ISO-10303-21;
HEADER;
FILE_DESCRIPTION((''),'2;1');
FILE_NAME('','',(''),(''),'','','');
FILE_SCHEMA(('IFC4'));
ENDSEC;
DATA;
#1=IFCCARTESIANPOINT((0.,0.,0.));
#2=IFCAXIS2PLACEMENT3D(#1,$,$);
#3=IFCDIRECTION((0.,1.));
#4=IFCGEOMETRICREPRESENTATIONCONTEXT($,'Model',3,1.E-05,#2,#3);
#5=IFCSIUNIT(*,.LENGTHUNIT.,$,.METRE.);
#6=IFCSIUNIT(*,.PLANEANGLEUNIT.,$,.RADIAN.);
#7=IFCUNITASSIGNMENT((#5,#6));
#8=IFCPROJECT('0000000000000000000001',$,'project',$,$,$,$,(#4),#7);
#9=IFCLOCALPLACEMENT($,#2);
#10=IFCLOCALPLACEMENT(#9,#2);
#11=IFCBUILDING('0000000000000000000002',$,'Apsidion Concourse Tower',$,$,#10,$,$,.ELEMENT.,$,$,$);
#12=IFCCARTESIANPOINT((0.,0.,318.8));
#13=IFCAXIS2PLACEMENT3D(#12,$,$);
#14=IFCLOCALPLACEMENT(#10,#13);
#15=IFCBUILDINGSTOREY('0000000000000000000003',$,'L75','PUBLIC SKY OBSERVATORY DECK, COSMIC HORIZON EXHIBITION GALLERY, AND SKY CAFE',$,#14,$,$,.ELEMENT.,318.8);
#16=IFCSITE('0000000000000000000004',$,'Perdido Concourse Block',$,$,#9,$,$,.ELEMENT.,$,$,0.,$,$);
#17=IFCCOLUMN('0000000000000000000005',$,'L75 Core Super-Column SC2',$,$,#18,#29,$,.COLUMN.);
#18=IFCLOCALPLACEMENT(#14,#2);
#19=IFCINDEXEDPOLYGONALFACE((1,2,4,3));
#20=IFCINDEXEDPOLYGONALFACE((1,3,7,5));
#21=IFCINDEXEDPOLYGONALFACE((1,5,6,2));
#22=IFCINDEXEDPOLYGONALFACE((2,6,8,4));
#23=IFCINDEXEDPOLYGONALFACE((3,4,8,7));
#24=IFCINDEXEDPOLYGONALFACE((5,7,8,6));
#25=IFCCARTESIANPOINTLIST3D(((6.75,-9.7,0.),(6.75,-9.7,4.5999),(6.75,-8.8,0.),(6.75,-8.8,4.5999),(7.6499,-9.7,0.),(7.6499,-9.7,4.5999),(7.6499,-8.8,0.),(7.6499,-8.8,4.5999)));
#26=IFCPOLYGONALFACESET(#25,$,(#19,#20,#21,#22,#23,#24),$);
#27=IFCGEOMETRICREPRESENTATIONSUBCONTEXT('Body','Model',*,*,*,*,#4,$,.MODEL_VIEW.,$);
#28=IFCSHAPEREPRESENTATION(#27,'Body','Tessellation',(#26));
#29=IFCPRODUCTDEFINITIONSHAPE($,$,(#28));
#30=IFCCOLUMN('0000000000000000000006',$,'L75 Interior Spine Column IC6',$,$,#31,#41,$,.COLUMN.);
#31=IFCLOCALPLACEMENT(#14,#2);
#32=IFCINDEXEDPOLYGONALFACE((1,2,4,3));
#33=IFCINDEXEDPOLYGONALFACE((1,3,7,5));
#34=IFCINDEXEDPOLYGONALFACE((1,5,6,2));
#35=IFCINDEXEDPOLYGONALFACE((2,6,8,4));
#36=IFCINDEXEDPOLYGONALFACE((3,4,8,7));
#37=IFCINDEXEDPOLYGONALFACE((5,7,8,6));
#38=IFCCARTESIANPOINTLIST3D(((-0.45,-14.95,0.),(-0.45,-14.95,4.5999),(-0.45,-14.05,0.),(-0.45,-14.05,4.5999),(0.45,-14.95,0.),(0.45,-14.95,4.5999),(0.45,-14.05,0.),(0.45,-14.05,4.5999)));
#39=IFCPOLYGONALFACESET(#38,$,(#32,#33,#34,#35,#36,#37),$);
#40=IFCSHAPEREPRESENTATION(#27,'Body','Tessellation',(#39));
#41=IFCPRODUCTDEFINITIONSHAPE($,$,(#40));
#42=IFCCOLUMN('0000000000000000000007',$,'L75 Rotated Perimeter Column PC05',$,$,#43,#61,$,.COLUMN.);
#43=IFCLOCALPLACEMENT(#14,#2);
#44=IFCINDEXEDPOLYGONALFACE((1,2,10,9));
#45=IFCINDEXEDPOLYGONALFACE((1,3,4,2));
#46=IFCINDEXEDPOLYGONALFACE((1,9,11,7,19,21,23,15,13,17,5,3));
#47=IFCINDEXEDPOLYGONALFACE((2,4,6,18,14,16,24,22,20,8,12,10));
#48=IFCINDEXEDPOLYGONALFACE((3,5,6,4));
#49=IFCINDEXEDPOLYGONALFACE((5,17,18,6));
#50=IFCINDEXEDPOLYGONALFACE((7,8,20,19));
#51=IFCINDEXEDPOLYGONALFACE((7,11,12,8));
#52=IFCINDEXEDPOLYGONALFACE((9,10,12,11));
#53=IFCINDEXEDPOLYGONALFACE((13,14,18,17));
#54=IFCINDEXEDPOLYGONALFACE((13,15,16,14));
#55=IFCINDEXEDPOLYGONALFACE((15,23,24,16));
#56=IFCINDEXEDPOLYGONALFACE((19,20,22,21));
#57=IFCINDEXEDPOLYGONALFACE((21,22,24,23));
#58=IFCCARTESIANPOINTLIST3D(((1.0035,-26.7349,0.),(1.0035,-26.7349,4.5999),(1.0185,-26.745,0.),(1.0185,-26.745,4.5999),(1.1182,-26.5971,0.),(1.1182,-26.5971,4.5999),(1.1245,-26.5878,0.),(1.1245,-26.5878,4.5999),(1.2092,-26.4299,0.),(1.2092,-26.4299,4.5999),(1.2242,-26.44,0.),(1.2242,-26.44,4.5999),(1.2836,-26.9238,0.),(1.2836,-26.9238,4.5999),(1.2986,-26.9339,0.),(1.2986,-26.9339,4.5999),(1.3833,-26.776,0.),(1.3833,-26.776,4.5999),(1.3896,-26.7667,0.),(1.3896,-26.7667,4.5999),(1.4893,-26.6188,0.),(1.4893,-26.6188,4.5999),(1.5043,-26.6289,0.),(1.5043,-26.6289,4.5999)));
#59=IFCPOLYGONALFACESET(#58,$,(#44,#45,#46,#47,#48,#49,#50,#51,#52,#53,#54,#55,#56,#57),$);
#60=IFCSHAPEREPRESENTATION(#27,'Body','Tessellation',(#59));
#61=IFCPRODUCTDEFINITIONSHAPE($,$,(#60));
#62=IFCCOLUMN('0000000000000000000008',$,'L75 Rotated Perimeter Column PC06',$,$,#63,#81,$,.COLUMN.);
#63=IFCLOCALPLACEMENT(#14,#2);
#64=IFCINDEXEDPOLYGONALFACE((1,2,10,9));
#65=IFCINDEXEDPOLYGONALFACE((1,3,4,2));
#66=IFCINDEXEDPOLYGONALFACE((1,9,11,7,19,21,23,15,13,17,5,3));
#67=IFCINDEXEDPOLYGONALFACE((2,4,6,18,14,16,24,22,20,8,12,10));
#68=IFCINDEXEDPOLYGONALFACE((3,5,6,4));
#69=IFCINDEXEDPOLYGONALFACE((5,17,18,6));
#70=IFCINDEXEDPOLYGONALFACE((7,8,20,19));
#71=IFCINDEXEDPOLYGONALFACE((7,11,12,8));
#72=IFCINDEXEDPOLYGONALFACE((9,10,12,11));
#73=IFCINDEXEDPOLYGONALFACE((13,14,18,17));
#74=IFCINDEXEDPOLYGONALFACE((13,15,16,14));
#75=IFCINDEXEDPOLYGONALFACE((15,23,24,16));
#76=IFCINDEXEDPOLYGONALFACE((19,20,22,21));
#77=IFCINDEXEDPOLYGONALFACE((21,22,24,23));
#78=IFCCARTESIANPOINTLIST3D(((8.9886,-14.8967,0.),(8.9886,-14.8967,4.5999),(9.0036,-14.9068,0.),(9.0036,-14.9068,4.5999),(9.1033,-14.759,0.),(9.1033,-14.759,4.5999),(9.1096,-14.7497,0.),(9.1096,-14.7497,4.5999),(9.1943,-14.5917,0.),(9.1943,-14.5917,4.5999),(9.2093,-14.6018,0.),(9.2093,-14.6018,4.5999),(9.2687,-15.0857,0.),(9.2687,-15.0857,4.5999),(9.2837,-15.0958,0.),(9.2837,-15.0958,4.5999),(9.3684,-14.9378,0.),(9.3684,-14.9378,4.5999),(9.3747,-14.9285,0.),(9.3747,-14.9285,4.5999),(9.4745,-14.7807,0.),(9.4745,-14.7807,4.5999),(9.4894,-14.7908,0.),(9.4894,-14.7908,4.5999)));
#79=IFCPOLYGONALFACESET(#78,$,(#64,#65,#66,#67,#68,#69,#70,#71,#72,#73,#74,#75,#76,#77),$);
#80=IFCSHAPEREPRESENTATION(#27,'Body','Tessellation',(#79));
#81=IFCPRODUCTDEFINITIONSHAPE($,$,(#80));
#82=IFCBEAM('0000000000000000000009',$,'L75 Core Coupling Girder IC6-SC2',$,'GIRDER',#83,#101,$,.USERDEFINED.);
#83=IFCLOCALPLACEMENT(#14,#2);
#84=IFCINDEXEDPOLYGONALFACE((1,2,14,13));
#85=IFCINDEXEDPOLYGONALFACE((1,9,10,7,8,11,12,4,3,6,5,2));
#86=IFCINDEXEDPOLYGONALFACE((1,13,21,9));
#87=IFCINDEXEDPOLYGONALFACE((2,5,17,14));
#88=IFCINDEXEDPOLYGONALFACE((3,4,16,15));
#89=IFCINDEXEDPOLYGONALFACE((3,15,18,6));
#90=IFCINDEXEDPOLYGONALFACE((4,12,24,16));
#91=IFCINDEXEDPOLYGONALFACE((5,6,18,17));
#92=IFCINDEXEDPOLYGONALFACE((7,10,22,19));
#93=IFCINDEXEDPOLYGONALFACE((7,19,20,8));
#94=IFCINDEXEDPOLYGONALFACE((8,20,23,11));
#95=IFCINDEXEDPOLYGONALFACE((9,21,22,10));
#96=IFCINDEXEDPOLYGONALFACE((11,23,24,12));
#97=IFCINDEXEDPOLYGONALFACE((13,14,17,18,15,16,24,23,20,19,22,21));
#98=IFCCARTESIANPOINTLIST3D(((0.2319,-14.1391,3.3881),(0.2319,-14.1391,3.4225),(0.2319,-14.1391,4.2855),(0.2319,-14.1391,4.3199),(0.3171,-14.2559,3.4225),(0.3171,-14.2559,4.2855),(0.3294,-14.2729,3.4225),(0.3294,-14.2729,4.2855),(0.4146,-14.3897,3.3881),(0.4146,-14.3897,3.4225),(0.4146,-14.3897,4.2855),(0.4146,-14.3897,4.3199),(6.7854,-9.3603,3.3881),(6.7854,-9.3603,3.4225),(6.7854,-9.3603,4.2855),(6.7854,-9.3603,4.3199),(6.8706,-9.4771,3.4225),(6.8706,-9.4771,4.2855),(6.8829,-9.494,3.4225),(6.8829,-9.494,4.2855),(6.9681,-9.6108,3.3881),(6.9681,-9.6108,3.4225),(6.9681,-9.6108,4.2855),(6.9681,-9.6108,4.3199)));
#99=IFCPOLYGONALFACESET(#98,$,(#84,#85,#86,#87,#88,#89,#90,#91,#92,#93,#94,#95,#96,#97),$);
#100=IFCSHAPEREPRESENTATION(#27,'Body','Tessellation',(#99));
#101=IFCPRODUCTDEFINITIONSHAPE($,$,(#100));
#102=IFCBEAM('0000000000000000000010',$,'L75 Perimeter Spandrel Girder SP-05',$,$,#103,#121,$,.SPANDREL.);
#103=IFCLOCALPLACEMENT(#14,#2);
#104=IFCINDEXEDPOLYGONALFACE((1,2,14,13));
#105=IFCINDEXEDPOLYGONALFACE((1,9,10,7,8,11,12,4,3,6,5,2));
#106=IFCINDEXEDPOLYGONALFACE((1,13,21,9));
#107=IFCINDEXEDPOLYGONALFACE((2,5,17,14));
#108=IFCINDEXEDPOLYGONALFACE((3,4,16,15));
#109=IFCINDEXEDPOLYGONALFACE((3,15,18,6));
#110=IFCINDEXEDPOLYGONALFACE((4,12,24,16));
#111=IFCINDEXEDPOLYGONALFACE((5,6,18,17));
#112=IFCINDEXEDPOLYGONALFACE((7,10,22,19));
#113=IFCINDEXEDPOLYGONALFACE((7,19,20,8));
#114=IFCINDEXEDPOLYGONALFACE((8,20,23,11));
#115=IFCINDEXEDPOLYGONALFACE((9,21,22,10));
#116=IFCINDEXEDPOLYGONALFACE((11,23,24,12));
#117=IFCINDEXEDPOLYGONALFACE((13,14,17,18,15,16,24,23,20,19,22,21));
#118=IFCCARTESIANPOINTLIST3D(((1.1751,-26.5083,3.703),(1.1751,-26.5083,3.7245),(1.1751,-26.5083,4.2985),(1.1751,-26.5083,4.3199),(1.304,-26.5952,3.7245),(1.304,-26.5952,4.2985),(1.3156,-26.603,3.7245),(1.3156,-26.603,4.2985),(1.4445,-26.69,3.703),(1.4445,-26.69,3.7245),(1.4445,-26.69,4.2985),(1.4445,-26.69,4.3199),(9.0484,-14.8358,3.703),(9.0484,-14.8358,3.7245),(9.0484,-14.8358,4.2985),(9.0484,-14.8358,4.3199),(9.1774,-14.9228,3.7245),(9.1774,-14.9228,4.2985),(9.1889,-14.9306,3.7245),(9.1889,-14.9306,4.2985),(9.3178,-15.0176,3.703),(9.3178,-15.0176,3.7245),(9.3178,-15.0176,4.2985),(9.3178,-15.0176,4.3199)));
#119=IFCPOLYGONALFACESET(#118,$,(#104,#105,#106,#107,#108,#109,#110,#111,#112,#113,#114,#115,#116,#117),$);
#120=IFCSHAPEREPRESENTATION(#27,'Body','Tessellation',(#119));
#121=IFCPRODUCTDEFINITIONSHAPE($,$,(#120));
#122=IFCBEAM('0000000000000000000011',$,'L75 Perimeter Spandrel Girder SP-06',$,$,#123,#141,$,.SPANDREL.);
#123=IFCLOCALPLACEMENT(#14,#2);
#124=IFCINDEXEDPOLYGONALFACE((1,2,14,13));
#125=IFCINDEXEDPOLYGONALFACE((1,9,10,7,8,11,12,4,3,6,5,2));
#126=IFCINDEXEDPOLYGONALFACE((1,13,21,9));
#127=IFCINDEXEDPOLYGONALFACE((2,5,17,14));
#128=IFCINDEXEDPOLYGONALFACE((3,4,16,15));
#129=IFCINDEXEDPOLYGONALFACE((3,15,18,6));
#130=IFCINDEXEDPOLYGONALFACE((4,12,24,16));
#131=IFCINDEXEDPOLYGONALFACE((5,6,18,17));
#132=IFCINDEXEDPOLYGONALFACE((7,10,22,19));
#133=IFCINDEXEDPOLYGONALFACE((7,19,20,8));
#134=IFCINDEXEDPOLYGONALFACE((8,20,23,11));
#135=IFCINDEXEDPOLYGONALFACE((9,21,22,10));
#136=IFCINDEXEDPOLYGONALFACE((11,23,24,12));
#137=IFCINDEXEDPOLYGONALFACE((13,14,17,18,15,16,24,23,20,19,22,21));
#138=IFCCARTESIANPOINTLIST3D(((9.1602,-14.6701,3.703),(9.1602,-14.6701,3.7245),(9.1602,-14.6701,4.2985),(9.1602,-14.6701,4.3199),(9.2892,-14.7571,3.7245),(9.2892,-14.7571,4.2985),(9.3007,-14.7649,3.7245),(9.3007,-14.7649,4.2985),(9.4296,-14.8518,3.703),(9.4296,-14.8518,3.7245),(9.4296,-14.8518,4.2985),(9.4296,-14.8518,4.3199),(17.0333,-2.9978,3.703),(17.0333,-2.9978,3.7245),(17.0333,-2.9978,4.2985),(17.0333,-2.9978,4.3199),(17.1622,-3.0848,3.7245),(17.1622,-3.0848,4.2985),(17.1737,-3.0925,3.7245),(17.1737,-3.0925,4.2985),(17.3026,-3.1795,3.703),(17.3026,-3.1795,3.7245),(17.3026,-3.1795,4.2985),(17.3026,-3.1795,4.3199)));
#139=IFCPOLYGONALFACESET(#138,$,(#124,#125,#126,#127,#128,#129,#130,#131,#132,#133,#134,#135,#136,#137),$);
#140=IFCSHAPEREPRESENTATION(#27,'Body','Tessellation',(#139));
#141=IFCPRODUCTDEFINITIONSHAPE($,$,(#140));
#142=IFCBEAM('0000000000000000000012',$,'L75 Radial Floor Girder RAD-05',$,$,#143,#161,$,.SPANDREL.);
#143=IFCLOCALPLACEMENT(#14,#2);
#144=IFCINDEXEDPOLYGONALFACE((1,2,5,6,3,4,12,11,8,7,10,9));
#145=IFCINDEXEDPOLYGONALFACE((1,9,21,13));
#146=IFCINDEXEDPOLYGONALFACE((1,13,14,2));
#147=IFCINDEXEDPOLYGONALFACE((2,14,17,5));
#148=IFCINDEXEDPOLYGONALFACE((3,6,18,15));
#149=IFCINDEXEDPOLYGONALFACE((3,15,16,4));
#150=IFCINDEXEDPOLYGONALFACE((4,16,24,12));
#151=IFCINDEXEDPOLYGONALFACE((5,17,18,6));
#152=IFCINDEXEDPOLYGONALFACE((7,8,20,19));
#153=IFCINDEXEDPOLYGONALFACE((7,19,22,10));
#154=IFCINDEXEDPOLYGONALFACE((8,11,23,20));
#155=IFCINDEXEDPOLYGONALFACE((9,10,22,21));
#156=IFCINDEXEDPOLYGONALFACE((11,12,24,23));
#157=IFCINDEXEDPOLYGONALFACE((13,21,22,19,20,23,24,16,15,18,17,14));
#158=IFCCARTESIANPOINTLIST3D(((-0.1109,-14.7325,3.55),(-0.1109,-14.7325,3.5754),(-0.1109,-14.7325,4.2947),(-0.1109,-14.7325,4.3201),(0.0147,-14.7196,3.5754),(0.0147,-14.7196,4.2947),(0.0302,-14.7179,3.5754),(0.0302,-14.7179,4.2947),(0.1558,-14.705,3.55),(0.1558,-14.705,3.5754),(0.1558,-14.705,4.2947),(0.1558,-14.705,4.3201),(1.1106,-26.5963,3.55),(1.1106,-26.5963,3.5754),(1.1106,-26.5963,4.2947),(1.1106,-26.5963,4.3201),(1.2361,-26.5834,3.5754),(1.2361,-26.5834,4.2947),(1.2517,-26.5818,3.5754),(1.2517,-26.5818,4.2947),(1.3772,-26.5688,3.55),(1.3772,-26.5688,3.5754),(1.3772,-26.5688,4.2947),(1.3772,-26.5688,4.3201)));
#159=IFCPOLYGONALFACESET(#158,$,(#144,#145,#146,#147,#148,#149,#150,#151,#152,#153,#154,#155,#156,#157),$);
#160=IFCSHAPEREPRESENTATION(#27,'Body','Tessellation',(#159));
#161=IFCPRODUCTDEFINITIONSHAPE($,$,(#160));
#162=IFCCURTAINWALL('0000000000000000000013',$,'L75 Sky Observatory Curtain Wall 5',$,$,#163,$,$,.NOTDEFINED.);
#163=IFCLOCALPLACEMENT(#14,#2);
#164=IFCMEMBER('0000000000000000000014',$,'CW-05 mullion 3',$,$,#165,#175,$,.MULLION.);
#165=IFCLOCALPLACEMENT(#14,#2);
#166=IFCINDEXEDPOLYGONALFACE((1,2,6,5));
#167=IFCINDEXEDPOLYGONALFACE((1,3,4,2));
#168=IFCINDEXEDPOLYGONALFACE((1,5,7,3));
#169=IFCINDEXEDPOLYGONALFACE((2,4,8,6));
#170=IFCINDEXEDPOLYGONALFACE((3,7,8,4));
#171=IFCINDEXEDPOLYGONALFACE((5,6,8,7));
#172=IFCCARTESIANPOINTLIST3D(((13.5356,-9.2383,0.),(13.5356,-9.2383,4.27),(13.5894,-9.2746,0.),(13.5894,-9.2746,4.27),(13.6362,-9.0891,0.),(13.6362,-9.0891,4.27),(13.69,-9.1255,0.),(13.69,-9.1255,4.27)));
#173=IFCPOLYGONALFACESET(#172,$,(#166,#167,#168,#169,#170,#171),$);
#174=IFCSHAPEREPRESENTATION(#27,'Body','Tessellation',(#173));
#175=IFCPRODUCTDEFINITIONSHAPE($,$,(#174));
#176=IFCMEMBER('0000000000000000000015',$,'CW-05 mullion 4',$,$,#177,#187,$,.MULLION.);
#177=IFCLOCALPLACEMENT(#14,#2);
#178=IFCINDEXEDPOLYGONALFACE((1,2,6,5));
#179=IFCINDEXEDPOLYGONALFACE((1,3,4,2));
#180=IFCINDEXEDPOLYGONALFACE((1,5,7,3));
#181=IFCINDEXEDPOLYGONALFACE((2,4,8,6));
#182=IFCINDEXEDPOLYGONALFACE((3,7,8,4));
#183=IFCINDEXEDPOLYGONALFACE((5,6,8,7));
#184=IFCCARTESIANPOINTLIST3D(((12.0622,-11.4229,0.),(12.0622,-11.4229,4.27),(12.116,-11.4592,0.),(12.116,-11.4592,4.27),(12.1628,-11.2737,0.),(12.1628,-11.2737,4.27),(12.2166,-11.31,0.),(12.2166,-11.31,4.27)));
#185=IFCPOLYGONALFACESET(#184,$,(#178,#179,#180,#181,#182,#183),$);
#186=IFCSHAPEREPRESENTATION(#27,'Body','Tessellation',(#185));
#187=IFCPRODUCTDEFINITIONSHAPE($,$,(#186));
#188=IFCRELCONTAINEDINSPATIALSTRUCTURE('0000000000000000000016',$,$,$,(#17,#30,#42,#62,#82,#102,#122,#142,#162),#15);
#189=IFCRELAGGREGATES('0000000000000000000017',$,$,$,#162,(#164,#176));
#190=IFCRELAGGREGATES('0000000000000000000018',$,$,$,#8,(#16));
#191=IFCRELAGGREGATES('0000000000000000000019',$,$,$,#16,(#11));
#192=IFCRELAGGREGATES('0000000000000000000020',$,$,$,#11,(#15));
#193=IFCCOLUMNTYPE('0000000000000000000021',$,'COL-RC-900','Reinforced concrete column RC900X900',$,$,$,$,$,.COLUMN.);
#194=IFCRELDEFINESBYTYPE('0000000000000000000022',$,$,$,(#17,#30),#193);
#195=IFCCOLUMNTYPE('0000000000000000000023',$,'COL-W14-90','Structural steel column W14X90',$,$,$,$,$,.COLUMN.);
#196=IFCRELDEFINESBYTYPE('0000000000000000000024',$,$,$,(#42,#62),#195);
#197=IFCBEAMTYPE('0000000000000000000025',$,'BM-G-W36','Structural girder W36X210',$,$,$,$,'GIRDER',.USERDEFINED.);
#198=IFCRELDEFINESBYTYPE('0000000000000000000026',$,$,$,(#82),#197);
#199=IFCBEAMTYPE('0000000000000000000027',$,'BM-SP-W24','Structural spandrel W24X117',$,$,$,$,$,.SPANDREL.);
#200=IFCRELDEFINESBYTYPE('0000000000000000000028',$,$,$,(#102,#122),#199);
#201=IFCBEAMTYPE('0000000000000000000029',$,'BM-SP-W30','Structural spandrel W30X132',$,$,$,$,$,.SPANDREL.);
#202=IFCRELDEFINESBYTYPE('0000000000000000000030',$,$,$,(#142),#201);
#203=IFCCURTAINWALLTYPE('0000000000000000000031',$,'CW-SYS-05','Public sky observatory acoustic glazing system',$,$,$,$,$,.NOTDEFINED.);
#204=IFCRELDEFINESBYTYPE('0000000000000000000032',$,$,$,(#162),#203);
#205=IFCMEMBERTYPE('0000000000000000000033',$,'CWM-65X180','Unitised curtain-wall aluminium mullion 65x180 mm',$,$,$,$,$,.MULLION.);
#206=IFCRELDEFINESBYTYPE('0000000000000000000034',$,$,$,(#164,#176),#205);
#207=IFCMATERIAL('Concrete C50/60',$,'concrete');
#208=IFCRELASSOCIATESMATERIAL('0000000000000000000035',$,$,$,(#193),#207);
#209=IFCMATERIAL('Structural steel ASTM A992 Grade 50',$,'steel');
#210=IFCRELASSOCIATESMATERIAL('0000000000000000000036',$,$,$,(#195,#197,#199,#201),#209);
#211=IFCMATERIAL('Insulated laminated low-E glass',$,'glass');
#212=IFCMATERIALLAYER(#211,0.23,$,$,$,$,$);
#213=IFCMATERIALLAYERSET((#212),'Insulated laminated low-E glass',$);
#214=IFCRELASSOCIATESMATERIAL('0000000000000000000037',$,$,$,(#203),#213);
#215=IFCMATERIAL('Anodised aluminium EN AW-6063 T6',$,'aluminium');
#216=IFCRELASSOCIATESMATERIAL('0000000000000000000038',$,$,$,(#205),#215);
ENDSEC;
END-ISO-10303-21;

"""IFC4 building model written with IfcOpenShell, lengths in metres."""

from ifc_helpers import new_model, si_unit, direction, frame, origin, origin_2d, place, context, subcontext, project, spatial, rectangle, i_section, extrude, material, layer, layer_set, material_profile, profile_set, type_object, element, aggregate, save


model = new_model("IFC4")

# Units and contexts
model_context = context("Model", 3, precision=1e-05, world=origin(), true_north=direction((0.0, 1.0)))
body_context = subcontext(model_context, "Body", "Model", "MODEL_VIEW")
ifc_project = project(units=[si_unit("LENGTHUNIT", "METRE"), si_unit("PLANEANGLEUNIT", "RADIAN")], contexts=[model_context])

# Site, building, storey
site_placement = place(None, origin())
site = spatial("IfcSite", under=ifc_project, at=site_placement, Name="Perdido Concourse Block", CompositionType="ELEMENT", RefElevation=0.0)
building_placement = place(site_placement, origin())
building = spatial("IfcBuilding", under=site, at=building_placement, Name="Apsidion Concourse Tower", CompositionType="ELEMENT")
storey_placement = place(building_placement, frame((0.0, 0.0, 318.8)))
storey = spatial("IfcBuildingStorey", under=building, at=storey_placement, Name="L75", Description="PUBLIC SKY OBSERVATORY DECK, COSMIC HORIZON EXHIBITION GALLERY, AND SKY CAFE", CompositionType="ELEMENT", Elevation=318.8)

# Columns
ifc_material_1 = material(Name="Concrete C50/60", Category="concrete")
ifc_material_profile_1 = material_profile(ifc_material_1, rectangle(XDim=0.8999, YDim=0.8999, at=origin_2d()), Name="RC 900x900")
ifc_profile_set_1 = profile_set([ifc_material_profile_1], Name="Concrete C50/60")
column_type_1 = type_object("IfcColumnType", Name="COL-RC-900", Description="Reinforced concrete column RC900X900", PredefinedType="COLUMN", material=ifc_profile_set_1)
for number, where, z_axis, x_axis, name in (
    (1, (7.2, -9.25, 0.0), (0.0, 0.0, 1.0), (1.0, 0.0, 0.0), "L75 Core Super-Column SC2"),
    (2, (0.0, -14.5, 0.0), (0.0, 0.0, 1.0), (1.0, 0.0, 0.0), "L75 Interior Spine Column IC6"),
):
    element("IfcColumn", number, at=place(storey_placement, frame(where, z_axis=z_axis, x_axis=x_axis)), inside=storey, type_object=column_type_1, Name=name, PredefinedType="COLUMN", context=body_context, shape_type="SweptSolid", body=[
        extrude(rectangle(XDim=0.8999, YDim=0.8999, at=origin_2d()), origin(), (0.0, 0.0, 1.0), 4.5999),
    ])
ifc_material_2 = material(Name="Structural steel ASTM A992 Grade 50", Category="steel")
ifc_material_profile_2 = material_profile(ifc_material_2, i_section(OverallWidth=0.3679, OverallDepth=0.356, WebThickness=0.0112, FlangeThickness=0.0181, at=origin_2d()), Name="W14X90")
ifc_profile_set_2 = profile_set([ifc_material_profile_2], Name="Structural steel ASTM A992 Grade 50")
column_type_2 = type_object("IfcColumnType", Name="COL-W14-90", Description="Structural steel column W14X90", PredefinedType="COLUMN", material=ifc_profile_set_2)
for number, where, z_axis, x_axis, name in (
    (3, (1.2539, -26.6819, 0.0), (0.0, 0.0, 1.0), (0.559193, 0.829038, 0.0), "L75 Rotated Perimeter Column PC05"),
    (4, (9.239, -14.8438, 0.0), (0.0, 0.0, 1.0), (0.559193, 0.829038, 0.0), "L75 Rotated Perimeter Column PC06"),
):
    element("IfcColumn", number, at=place(storey_placement, frame(where, z_axis=z_axis, x_axis=x_axis)), inside=storey, type_object=column_type_2, Name=name, PredefinedType="COLUMN", context=body_context, shape_type="SweptSolid", body=[
        extrude(i_section(OverallWidth=0.3679, OverallDepth=0.356, WebThickness=0.0112, FlangeThickness=0.0181, at=origin_2d()), origin(), (0.0, 0.0, 1.0), 4.5999),
    ])

# Beams
ifc_material_profile_3 = material_profile(ifc_material_2, i_section(OverallWidth=0.3101, OverallDepth=0.9319, WebThickness=0.021, FlangeThickness=0.0344, at=origin_2d()), Name="W36X210")
ifc_profile_set_3 = profile_set([ifc_material_profile_3], Name="Structural steel ASTM A992 Grade 50")
beam_type_1 = type_object("IfcBeamType", Name="BM-G-W36", Description="Structural girder W36X210", ElementType="GIRDER", PredefinedType="USERDEFINED", material=ifc_profile_set_3)
beam_1_placement = place(storey_placement, frame((0.3232, -14.2644, 3.854), z_axis=(0.807993, 0.589191, 0.0), x_axis=(-0.589191, 0.807993, 0.0)))
element("IfcBeam", 5, at=beam_1_placement, inside=storey, type_object=beam_type_1, Name="L75 Core Coupling Girder IC6-SC2", ObjectType="GIRDER", PredefinedType="USERDEFINED", context=body_context, shape_type="SweptSolid", body=[
    extrude(i_section(OverallWidth=0.3101, OverallDepth=0.9319, WebThickness=0.021, FlangeThickness=0.0344, at=origin_2d()), origin(), (0.0, 0.0, 1.0), 8.1108),
])
ifc_material_profile_4 = material_profile(ifc_material_2, i_section(OverallWidth=0.325, OverallDepth=0.6169, WebThickness=0.0139, FlangeThickness=0.0215, at=origin_2d()), Name="W24X117")
ifc_profile_set_4 = profile_set([ifc_material_profile_4], Name="Structural steel ASTM A992 Grade 50")
beam_type_2 = type_object("IfcBeamType", Name="BM-SP-W24", Description="Structural spandrel W24X117", PredefinedType="SPANDREL", material=ifc_profile_set_4)
beam_2_placement = place(storey_placement, frame((1.3098, -26.5991, 4.0115), z_axis=(0.559202, 0.829032, 0.0), x_axis=(-0.829032, 0.559202, 0.0)))
element("IfcBeam", 6, at=beam_2_placement, inside=storey, type_object=beam_type_2, Name="L75 Perimeter Spandrel Girder SP-05", PredefinedType="SPANDREL", context=body_context, shape_type="SweptSolid", body=[
    extrude(i_section(OverallWidth=0.325, OverallDepth=0.6169, WebThickness=0.0139, FlangeThickness=0.0215, at=origin_2d()), origin(), (0.0, 0.0, 1.0), 14.0796),
])
beam_3_placement = place(storey_placement, frame((9.2949, -14.761, 4.0115), z_axis=(0.55919, 0.82904, 0.0), x_axis=(-0.82904, 0.55919, 0.0)))
element("IfcBeam", 7, at=beam_3_placement, inside=storey, type_object=beam_type_2, Name="L75 Perimeter Spandrel Girder SP-06", PredefinedType="SPANDREL", context=body_context, shape_type="SweptSolid", body=[
    extrude(i_section(OverallWidth=0.325, OverallDepth=0.6169, WebThickness=0.0139, FlangeThickness=0.0215, at=origin_2d()), origin(), (0.0, 0.0, 1.0), 14.0793),
])
ifc_material_profile_5 = material_profile(ifc_material_2, i_section(OverallWidth=0.2681, OverallDepth=0.77, WebThickness=0.0156, FlangeThickness=0.0254, at=origin_2d()), Name="W30X132")
ifc_profile_set_5 = profile_set([ifc_material_profile_5], Name="Structural steel ASTM A992 Grade 50")
beam_type_3 = type_object("IfcBeamType", Name="BM-SP-W30", Description="Structural spandrel W30X132", PredefinedType="SPANDREL", material=ifc_profile_set_5)
beam_4_placement = place(storey_placement, frame((0.0225, -14.7188, 3.9351), z_axis=(0.102414, -0.994742, 0.0), x_axis=(0.994742, 0.102414, 0.0)))
element("IfcBeam", 8, at=beam_4_placement, inside=storey, type_object=beam_type_3, Name="L75 Radial Floor Girder RAD-05", PredefinedType="SPANDREL", context=body_context, shape_type="SweptSolid", body=[
    extrude(i_section(OverallWidth=0.2681, OverallDepth=0.77, WebThickness=0.0156, FlangeThickness=0.0254, at=origin_2d()), origin(), (0.0, 0.0, 1.0), 11.9265),
])

# Curtain wall, members
ifc_material_3 = material(Name="Insulated laminated low-E glass", Category="glass")
ifc_layer_1 = layer(ifc_material_3, 0.23)
ifc_layer_set_1 = layer_set([ifc_layer_1], Name="Insulated laminated low-E glass")
curtain_wall_type = type_object("IfcCurtainWallType", Name="CW-SYS-05", Description="Public sky observatory acoustic glazing system", PredefinedType="NOTDEFINED", material=ifc_layer_set_1)
curtain_wall_placement = place(storey_placement, origin())
curtain_wall = element("IfcCurtainWall", 9, at=curtain_wall_placement, inside=storey, type_object=curtain_wall_type, Name="L75 Sky Observatory Curtain Wall 5", PredefinedType="NOTDEFINED")
ifc_material_4 = material(Name="Anodised aluminium EN AW-6063 T6", Category="aluminium")
ifc_material_profile_6 = material_profile(ifc_material_4, rectangle(XDim=0.0649, YDim=0.1799, at=origin_2d()), Name="ALU MULLION 65x180")
ifc_profile_set_6 = profile_set([ifc_material_profile_6], Name="Anodised aluminium EN AW-6063 T6")
member_type_1 = type_object("IfcMemberType", Name="CWM-65X180", Description="Unitised curtain-wall aluminium mullion 65x180 mm", PredefinedType="MULLION", material=ifc_profile_set_6)
member_1_placement = place(storey_placement, frame((13.6128, -9.1819, 0.0), z_axis=(0.0, 0.0, 1.0), x_axis=(0.829037, -0.559194, 0.0)))
member_1 = element("IfcMember", 10, at=member_1_placement, type_object=member_type_1, Name="CW-05 mullion 3", PredefinedType="MULLION", context=body_context, shape_type="SweptSolid", body=[
    extrude(rectangle(XDim=0.0649, YDim=0.1799, at=origin_2d()), origin(), (0.0, 0.0, 1.0), 4.27),
])
member_2_placement = place(storey_placement, frame((12.1394, -11.3665, 0.0), z_axis=(0.0, 0.0, 1.0), x_axis=(0.829037, -0.559194, 0.0)))
member_2 = element("IfcMember", 11, at=member_2_placement, type_object=member_type_1, Name="CW-05 mullion 4", PredefinedType="MULLION", context=body_context, shape_type="SweptSolid", body=[
    extrude(rectangle(XDim=0.0649, YDim=0.1799, at=origin_2d()), origin(), (0.0, 0.0, 1.0), 4.27),
])
aggregate(curtain_wall, [member_1, member_2])

save(model, "model.ifc")
